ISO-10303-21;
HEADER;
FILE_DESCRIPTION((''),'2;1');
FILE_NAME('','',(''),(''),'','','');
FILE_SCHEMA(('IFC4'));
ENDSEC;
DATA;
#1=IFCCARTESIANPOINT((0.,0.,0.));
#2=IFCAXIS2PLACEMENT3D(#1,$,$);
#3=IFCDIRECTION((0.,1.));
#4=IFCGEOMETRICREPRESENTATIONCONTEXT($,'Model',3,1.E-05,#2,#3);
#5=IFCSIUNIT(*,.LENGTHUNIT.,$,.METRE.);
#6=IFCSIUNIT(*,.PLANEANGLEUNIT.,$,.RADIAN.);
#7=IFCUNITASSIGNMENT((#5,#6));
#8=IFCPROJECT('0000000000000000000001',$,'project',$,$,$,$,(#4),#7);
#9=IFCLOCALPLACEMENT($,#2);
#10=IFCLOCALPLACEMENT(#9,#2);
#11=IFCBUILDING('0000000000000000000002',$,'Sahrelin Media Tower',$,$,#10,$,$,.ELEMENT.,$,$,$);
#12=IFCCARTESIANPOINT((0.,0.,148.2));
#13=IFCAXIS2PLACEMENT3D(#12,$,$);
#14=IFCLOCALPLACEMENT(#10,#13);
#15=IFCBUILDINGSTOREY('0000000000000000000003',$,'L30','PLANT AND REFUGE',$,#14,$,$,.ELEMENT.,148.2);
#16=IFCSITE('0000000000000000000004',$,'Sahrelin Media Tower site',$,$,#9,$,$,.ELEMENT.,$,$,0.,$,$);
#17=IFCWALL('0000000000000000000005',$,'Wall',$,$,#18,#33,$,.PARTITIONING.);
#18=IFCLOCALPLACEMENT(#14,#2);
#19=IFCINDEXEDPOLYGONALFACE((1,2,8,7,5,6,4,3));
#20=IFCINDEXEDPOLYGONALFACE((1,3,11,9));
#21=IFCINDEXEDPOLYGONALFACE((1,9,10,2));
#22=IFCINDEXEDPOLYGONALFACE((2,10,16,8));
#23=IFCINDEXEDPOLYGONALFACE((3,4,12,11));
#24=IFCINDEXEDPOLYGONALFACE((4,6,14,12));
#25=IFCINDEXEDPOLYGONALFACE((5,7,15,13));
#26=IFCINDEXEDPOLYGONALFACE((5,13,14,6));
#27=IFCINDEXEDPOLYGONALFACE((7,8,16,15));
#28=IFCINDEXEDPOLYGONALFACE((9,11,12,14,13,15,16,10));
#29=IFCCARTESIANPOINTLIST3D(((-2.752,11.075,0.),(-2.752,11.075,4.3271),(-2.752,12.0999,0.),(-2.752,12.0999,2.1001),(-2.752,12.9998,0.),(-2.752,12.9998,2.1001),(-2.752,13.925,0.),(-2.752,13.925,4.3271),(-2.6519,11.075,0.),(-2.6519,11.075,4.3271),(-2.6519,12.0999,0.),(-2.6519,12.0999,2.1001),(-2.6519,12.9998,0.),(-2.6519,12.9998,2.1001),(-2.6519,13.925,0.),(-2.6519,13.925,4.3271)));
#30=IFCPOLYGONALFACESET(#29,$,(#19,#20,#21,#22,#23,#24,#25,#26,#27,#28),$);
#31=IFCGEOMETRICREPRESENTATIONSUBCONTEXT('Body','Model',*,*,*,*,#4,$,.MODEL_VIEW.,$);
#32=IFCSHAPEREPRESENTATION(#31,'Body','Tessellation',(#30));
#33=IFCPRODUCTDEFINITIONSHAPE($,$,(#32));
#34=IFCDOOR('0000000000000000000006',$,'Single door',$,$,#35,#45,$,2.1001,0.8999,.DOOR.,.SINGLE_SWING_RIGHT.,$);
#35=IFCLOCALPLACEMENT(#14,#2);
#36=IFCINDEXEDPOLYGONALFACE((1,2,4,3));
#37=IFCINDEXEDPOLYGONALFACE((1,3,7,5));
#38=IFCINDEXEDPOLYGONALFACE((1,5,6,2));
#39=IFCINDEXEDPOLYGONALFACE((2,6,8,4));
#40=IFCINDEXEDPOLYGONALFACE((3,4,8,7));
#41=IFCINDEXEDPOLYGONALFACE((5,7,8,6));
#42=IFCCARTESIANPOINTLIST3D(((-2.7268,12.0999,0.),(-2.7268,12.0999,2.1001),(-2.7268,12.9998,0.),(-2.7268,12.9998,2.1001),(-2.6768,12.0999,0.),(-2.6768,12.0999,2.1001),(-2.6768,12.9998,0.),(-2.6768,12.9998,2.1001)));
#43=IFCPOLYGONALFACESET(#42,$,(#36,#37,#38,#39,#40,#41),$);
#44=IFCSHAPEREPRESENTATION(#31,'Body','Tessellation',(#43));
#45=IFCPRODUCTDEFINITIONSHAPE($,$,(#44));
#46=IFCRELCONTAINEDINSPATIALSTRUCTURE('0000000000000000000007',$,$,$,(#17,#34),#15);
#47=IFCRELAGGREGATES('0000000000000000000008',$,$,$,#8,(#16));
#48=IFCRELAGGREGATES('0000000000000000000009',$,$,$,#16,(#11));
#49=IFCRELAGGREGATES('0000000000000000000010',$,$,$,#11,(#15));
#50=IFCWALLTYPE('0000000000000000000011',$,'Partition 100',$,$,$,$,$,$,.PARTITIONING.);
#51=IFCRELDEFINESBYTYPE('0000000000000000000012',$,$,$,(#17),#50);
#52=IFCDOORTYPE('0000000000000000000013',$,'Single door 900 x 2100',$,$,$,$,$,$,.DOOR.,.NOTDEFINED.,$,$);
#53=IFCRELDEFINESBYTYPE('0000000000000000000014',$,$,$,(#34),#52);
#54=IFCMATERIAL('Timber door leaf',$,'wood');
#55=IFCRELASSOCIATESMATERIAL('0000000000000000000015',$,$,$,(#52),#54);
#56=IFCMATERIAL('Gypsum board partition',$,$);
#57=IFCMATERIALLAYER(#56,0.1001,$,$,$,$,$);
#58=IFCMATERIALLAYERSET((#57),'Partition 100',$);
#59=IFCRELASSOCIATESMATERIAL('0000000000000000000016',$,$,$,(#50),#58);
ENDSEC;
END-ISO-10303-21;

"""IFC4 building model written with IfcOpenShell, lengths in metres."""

from ifc_helpers import new_model, si_unit, direction, frame, frame_2d, origin, place, context, subcontext, project, spatial, rectangle, extrude, material, layer, layer_set, type_object, element, fill, save


model = new_model("IFC4")

# Units and contexts
model_context = context("Model", 3, precision=1e-05, world=origin(), true_north=direction((0.0, 1.0)))
body_context = subcontext(model_context, "Body", "Model", "MODEL_VIEW")
ifc_project = project(units=[si_unit("LENGTHUNIT", "METRE"), si_unit("PLANEANGLEUNIT", "RADIAN")], contexts=[model_context])

# Site, building, storey
site_placement = place(None, origin())
site = spatial("IfcSite", under=ifc_project, at=site_placement, Name="Sahrelin Media Tower site", CompositionType="ELEMENT", RefElevation=0.0)
building_placement = place(site_placement, origin())
building = spatial("IfcBuilding", under=site, at=building_placement, Name="Sahrelin Media Tower", CompositionType="ELEMENT")
storey_placement = place(building_placement, frame((0.0, 0.0, 148.2)))
storey = spatial("IfcBuildingStorey", under=building, at=storey_placement, Name="L30", Description="PLANT AND REFUGE", CompositionType="ELEMENT", Elevation=148.2)

# Shared definitions
ifc_material_1 = material(Name="Timber door leaf", Category="wood")
door_type = type_object("IfcDoorType", Name="Single door 900 x 2100", OperationType="NOTDEFINED", PredefinedType="DOOR", material=ifc_material_1)

# Shared definitions
ifc_material_2 = material(Name="Gypsum board partition")
ifc_layer_1 = layer(ifc_material_2, 0.1001)
ifc_layer_set_1 = layer_set([ifc_layer_1], Name="Partition 100")
wall_type_1 = type_object("IfcWallType", Name="Partition 100", PredefinedType="PARTITIONING", material=ifc_layer_set_1)

# Wall, opening, door
wall_1_placement = place(storey_placement, frame((-2.7019, 11.075, 0.0), z_axis=(0.0, 0.0, 1.0), x_axis=(0.0, 1.0, 0.0)))
wall_1 = element("IfcWall", 1, at=wall_1_placement, inside=storey, type_object=wall_type_1, Name="Wall", PredefinedType="PARTITIONING", context=body_context, shape_type="SweptSolid", body=[
    extrude(rectangle(XDim=2.8501, YDim=0.1001, at=frame_2d((1.425, 0.0))), origin(), (0.0, 0.0, 1.0), 4.3271),
])
opening_1_placement = place(wall_1_placement, frame((1.0249, 0.0, 0.0)))
opening_1 = element("IfcOpeningElement", 2, at=opening_1_placement, cuts=wall_1, PredefinedType="OPENING", context=body_context, shape_type="SweptSolid", body=[
    extrude(rectangle(XDim=0.8999, YDim=2.1001, at=frame_2d((0.45, 1.05))), frame((0.0, 0.05, 0.0), z_axis=(0.0, -1.0, 0.0), x_axis=(1.0, 0.0, 0.0)), (0.0, 0.0, 1.0), 0.1001),
])
door_1_placement = place(opening_1_placement, origin())
door_1 = element("IfcDoor", 3, at=door_1_placement, inside=storey, type_object=door_type, Name="Single door", OperationType="SINGLE_SWING_RIGHT", OverallHeight=2.1001, OverallWidth=0.8999, PredefinedType="DOOR", context=body_context, shape_type="SweptSolid", body=[
    extrude(rectangle(XDim=0.8999, YDim=2.1001, at=frame_2d((0.45, 1.05))), frame((0.0, 0.0249, 0.0), z_axis=(0.0, -1.0, 0.0), x_axis=(1.0, 0.0, 0.0)), (0.0, 0.0, 1.0), 0.05),
])
fill(opening_1, door_1)

save(model, "model.ifc")
